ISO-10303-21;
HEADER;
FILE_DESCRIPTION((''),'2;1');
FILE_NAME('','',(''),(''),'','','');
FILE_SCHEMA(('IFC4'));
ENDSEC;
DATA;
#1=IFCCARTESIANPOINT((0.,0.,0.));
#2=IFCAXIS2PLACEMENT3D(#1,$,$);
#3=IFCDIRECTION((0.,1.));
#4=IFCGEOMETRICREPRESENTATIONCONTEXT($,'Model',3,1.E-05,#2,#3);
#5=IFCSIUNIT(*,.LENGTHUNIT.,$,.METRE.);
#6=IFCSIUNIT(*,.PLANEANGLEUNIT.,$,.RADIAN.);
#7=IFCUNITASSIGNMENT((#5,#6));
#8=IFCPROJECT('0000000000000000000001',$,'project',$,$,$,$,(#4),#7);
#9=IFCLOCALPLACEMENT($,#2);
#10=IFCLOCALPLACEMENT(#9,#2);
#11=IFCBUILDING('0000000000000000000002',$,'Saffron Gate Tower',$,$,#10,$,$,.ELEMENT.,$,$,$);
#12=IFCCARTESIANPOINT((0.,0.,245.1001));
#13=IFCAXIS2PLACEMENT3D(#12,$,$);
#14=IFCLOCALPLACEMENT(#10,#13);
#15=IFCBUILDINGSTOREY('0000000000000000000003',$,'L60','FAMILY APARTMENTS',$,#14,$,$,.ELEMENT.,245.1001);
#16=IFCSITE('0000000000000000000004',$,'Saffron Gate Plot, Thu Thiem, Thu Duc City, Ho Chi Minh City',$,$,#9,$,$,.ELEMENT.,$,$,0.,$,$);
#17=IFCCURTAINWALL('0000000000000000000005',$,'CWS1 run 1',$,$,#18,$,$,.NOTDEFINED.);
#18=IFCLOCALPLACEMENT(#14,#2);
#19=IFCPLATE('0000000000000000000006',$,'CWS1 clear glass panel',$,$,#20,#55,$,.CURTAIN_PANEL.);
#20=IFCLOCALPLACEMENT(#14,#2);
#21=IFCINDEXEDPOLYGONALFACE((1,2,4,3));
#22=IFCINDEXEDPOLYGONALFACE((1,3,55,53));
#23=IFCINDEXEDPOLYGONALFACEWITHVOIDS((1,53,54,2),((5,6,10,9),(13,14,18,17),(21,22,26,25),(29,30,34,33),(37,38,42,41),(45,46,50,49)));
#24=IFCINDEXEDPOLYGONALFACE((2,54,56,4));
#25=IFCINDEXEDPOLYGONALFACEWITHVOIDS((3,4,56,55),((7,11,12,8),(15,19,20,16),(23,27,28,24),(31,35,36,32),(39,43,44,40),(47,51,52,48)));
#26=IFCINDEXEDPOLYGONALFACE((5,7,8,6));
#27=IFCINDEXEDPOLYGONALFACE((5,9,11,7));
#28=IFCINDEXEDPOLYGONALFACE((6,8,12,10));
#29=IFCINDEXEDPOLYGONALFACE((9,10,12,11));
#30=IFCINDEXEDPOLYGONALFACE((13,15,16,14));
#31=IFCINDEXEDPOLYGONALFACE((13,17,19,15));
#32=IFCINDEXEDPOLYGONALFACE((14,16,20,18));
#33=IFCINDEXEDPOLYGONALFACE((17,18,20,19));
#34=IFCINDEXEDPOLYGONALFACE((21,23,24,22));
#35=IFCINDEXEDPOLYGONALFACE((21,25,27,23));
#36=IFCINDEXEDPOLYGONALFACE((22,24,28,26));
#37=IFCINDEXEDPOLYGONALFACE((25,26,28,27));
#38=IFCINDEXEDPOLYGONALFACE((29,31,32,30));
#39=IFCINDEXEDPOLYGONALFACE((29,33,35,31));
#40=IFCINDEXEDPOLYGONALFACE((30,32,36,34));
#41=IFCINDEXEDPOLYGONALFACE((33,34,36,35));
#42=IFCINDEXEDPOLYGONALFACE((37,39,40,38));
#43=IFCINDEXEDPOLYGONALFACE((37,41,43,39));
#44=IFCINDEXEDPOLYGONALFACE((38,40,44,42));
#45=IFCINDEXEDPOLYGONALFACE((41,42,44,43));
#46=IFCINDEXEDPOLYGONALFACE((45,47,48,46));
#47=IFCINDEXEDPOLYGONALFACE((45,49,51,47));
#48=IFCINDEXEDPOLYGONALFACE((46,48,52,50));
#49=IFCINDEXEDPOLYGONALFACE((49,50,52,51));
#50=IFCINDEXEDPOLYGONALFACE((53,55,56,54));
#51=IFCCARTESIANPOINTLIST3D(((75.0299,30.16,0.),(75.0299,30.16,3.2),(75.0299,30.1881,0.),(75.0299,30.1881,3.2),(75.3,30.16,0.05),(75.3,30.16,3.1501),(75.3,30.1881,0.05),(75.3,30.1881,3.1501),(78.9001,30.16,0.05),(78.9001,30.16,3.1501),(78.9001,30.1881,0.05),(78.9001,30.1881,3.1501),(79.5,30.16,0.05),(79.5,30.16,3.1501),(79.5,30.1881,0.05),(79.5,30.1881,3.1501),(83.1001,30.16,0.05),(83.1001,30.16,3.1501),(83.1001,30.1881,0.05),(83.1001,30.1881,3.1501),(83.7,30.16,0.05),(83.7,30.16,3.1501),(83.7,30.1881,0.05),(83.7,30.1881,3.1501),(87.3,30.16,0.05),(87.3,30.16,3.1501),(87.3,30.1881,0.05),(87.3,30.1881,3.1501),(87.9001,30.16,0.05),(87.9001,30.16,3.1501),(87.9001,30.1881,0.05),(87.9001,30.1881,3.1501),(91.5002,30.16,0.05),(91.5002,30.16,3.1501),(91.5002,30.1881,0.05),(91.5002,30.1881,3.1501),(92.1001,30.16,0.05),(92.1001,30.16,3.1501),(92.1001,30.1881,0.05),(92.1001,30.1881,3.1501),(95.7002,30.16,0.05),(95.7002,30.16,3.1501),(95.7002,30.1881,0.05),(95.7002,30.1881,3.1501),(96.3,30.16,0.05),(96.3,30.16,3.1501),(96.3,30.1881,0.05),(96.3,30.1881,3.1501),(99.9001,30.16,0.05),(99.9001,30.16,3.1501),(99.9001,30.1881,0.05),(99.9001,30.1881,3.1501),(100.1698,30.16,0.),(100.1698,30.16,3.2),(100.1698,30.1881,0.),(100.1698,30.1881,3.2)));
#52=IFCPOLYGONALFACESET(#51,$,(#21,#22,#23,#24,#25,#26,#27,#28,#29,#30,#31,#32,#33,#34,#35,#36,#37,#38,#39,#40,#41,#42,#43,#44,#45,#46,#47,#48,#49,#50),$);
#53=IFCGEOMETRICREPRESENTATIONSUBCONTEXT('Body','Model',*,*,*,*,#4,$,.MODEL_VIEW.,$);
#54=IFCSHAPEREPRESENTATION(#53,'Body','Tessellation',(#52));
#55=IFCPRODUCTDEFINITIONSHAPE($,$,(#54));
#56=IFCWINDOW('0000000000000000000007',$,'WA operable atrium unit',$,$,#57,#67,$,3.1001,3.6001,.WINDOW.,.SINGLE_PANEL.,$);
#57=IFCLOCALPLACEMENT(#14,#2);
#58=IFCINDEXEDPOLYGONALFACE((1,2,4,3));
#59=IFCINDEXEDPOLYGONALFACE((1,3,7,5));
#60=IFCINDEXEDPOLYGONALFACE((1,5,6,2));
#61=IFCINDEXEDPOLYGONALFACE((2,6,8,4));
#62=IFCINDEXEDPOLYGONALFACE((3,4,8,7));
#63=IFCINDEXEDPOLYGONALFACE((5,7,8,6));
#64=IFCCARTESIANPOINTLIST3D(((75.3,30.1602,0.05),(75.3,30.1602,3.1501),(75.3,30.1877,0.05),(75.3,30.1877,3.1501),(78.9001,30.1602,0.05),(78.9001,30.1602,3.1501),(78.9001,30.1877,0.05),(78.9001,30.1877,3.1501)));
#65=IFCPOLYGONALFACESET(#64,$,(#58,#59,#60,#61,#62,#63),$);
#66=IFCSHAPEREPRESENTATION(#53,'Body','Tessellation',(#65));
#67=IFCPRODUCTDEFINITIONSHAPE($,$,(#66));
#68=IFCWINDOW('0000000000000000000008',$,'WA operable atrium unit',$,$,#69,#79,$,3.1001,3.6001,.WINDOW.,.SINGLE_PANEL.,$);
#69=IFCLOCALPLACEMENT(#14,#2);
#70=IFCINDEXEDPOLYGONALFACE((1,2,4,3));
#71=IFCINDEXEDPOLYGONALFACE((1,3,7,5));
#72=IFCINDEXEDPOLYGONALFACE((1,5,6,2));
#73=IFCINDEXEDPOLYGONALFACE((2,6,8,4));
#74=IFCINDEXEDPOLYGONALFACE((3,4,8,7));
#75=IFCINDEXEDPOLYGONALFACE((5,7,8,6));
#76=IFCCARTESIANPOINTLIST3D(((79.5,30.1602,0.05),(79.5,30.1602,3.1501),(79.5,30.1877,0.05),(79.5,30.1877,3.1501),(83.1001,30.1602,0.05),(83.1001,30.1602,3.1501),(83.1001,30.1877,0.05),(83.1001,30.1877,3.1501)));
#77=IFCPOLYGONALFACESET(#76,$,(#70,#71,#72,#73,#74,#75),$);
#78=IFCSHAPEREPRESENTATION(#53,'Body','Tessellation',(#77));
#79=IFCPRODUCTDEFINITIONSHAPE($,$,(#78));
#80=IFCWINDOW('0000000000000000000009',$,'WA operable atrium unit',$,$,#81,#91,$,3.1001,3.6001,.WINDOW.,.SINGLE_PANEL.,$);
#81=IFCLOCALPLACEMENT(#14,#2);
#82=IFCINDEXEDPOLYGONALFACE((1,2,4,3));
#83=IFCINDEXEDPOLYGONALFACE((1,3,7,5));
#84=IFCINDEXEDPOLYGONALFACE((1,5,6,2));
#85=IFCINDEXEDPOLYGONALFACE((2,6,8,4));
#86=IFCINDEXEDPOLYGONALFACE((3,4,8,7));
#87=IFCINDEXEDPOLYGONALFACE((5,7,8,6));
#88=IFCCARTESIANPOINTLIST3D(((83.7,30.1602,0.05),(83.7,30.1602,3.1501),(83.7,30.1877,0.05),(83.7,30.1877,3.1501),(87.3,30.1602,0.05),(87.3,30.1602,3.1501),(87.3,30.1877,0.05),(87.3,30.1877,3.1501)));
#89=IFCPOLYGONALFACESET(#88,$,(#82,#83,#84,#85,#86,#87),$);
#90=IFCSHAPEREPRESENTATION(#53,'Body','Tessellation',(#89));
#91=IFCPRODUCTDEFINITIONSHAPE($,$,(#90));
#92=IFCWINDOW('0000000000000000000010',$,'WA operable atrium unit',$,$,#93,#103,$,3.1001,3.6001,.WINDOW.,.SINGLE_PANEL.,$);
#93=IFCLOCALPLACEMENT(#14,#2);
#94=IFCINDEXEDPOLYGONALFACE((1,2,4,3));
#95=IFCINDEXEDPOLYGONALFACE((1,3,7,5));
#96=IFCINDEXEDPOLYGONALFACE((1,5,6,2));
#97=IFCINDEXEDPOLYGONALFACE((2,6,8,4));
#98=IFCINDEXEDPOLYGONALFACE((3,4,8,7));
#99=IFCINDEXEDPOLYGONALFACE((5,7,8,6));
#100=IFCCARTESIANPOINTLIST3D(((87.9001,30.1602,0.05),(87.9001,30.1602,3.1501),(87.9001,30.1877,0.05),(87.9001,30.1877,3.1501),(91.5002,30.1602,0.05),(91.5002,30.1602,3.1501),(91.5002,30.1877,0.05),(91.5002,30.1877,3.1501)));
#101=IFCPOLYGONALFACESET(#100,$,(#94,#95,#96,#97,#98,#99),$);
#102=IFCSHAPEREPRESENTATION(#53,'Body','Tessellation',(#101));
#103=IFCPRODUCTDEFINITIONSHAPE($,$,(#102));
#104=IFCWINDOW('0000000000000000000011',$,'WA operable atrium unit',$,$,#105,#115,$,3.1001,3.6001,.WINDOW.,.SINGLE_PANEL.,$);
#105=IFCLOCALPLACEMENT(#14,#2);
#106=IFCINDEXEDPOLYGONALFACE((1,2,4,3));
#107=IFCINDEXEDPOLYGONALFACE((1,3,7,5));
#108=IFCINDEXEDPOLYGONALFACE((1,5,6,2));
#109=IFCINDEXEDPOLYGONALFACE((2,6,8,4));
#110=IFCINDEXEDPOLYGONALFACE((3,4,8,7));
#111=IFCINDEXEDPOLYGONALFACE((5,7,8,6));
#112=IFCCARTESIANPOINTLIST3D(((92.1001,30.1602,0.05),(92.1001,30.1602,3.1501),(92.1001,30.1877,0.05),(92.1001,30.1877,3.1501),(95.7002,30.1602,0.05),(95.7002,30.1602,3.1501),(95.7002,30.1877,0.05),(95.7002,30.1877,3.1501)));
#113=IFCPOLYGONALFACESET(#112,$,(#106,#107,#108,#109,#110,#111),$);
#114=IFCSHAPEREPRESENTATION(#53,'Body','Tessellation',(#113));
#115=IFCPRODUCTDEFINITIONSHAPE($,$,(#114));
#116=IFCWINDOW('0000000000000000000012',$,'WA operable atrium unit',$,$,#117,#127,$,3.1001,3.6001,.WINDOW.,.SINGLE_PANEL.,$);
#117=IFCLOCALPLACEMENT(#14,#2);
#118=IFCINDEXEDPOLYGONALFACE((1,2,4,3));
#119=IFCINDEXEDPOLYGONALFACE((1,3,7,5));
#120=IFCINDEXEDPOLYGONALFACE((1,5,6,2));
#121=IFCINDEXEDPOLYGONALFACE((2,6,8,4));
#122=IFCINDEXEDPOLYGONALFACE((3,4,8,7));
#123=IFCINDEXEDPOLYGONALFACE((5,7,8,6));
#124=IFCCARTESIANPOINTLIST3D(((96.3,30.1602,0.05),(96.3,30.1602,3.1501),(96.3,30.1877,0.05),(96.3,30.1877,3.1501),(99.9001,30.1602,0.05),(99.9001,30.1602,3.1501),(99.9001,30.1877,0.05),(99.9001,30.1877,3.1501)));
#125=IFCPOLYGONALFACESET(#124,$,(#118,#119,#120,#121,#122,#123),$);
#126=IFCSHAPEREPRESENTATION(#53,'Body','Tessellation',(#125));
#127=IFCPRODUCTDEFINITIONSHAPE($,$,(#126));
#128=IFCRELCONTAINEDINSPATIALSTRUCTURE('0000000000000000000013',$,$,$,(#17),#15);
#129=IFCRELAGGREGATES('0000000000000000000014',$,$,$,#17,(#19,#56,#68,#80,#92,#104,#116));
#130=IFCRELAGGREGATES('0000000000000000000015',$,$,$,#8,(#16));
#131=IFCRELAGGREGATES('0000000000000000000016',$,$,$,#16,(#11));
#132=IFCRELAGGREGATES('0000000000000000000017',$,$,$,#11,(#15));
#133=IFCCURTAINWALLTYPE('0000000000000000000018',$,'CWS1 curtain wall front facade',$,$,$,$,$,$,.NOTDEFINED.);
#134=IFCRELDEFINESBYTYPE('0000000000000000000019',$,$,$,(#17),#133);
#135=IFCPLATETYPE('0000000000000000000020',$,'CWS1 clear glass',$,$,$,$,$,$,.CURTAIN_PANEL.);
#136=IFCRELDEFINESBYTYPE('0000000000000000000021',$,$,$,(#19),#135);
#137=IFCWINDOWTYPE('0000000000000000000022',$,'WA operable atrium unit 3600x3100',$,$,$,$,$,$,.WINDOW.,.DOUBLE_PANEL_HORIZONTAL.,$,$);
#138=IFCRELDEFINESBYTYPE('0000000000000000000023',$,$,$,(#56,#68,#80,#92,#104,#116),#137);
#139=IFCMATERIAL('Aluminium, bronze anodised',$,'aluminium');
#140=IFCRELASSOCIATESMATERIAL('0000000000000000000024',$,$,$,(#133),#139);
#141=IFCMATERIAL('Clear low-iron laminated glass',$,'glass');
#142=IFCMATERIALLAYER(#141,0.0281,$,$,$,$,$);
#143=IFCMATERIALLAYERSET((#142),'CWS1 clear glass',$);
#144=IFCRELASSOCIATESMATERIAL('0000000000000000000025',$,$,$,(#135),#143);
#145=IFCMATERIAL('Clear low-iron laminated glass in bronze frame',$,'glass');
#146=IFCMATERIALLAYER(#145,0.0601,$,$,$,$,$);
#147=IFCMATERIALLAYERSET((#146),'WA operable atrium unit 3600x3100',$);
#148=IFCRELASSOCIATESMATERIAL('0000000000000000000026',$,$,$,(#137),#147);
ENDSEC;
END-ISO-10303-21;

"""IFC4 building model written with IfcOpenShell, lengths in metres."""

from ifc_helpers import new_model, si_unit, direction, frame, frame_2d, origin, place, context, subcontext, project, spatial, rectangle, extrude, material, layer, layer_set, type_object, element, fill, aggregate, save


model = new_model("IFC4")

# Units and contexts
model_context = context("Model", 3, precision=1e-05, world=origin(), true_north=direction((0.0, 1.0)))
body_context = subcontext(model_context, "Body", "Model", "MODEL_VIEW")
ifc_project = project(units=[si_unit("LENGTHUNIT", "METRE"), si_unit("PLANEANGLEUNIT", "RADIAN")], contexts=[model_context])

# Site, building, storey
site_placement = place(None, origin())
site = spatial("IfcSite", under=ifc_project, at=site_placement, Name="Saffron Gate Plot, Thu Thiem, Thu Duc City, Ho Chi Minh City", CompositionType="ELEMENT", RefElevation=0.0)
building_placement = place(site_placement, origin())
building = spatial("IfcBuilding", under=site, at=building_placement, Name="Saffron Gate Tower", CompositionType="ELEMENT")
storey_placement = place(building_placement, frame((0.0, 0.0, 245.1001)))
storey = spatial("IfcBuildingStorey", under=building, at=storey_placement, Name="L60", Description="FAMILY APARTMENTS", CompositionType="ELEMENT", Elevation=245.1001)

# Curtain wall, plate, openings, windows
ifc_material_1 = material(Name="Aluminium, bronze anodised", Category="aluminium")
curtain_wall_type = type_object("IfcCurtainWallType", Name="CWS1 curtain wall front facade", PredefinedType="NOTDEFINED", material=ifc_material_1)
curtain_wall_placement = place(storey_placement, origin())
curtain_wall = element("IfcCurtainWall", 1, at=curtain_wall_placement, inside=storey, type_object=curtain_wall_type, Name="CWS1 run 1", PredefinedType="NOTDEFINED")
ifc_material_2 = material(Name="Clear low-iron laminated glass", Category="glass")
ifc_layer_1 = layer(ifc_material_2, 0.0281)
ifc_layer_set_1 = layer_set([ifc_layer_1], Name="CWS1 clear glass")
plate_type = type_object("IfcPlateType", Name="CWS1 clear glass", PredefinedType="CURTAIN_PANEL", material=ifc_layer_set_1)
plate_placement = place(storey_placement, frame((75.03, 30.1741, 0.0), z_axis=(0.0, 0.0, 1.0), x_axis=(1.0, 0.0, 0.0)))
plate = element("IfcPlate", 2, at=plate_placement, type_object=plate_type, Name="CWS1 clear glass panel", PredefinedType="CURTAIN_PANEL", context=body_context, shape_type="SweptSolid", body=[
    extrude(rectangle(XDim=25.1399, YDim=0.0281, at=frame_2d((12.5698, 0.0))), origin(), (0.0, 0.0, 1.0), 3.2),
])
opening_1_placement = place(plate_placement, frame((0.27, 0.0, 0.05)))
opening_1 = element("IfcOpeningElement", 3, at=opening_1_placement, cuts=plate, PredefinedType="OPENING", context=body_context, shape_type="SweptSolid", body=[
    extrude(rectangle(XDim=3.6001, YDim=3.1001, at=frame_2d((1.8, 1.55))), frame((0.0, 0.0239, 0.0), z_axis=(0.0, -1.0, 0.0), x_axis=(1.0, 0.0, 0.0)), (0.0, 0.0, 1.0), 0.0481),
])
opening_2_placement = place(plate_placement, frame((4.47, 0.0, 0.05)))
opening_2 = element("IfcOpeningElement", 4, at=opening_2_placement, cuts=plate, PredefinedType="OPENING", context=body_context, shape_type="SweptSolid", body=[
    extrude(rectangle(XDim=3.6001, YDim=3.1001, at=frame_2d((1.8, 1.55))), frame((0.0, 0.0239, 0.0), z_axis=(0.0, -1.0, 0.0), x_axis=(1.0, 0.0, 0.0)), (0.0, 0.0, 1.0), 0.0481),
])
opening_3_placement = place(plate_placement, frame((8.6699, 0.0, 0.05)))
opening_3 = element("IfcOpeningElement", 5, at=opening_3_placement, cuts=plate, PredefinedType="OPENING", context=body_context, shape_type="SweptSolid", body=[
    extrude(rectangle(XDim=3.6001, YDim=3.1001, at=frame_2d((1.8, 1.55))), frame((0.0, 0.0239, 0.0), z_axis=(0.0, -1.0, 0.0), x_axis=(1.0, 0.0, 0.0)), (0.0, 0.0, 1.0), 0.0481),
])
opening_4_placement = place(plate_placement, frame((12.8701, 0.0, 0.05)))
opening_4 = element("IfcOpeningElement", 6, at=opening_4_placement, cuts=plate, PredefinedType="OPENING", context=body_context, shape_type="SweptSolid", body=[
    extrude(rectangle(XDim=3.6001, YDim=3.1001, at=frame_2d((1.8, 1.55))), frame((0.0, 0.0239, 0.0), z_axis=(0.0, -1.0, 0.0), x_axis=(1.0, 0.0, 0.0)), (0.0, 0.0, 1.0), 0.0481),
])
opening_5_placement = place(plate_placement, frame((17.0701, 0.0, 0.05)))
opening_5 = element("IfcOpeningElement", 7, at=opening_5_placement, cuts=plate, PredefinedType="OPENING", context=body_context, shape_type="SweptSolid", body=[
    extrude(rectangle(XDim=3.6001, YDim=3.1001, at=frame_2d((1.8, 1.55))), frame((0.0, 0.0239, 0.0), z_axis=(0.0, -1.0, 0.0), x_axis=(1.0, 0.0, 0.0)), (0.0, 0.0, 1.0), 0.0481),
])
opening_6_placement = place(plate_placement, frame((21.27, 0.0, 0.05)))
opening_6 = element("IfcOpeningElement", 8, at=opening_6_placement, cuts=plate, PredefinedType="OPENING", context=body_context, shape_type="SweptSolid", body=[
    extrude(rectangle(XDim=3.6001, YDim=3.1001, at=frame_2d((1.8, 1.55))), frame((0.0, 0.0239, 0.0), z_axis=(0.0, -1.0, 0.0), x_axis=(1.0, 0.0, 0.0)), (0.0, 0.0, 1.0), 0.0481),
])
ifc_material_3 = material(Name="Clear low-iron laminated glass in bronze frame", Category="glass")
ifc_layer_2 = layer(ifc_material_3, 0.0601)
ifc_layer_set_2 = layer_set([ifc_layer_2], Name="WA operable atrium unit 3600x3100")
window_type = type_object("IfcWindowType", Name="WA operable atrium unit 3600x3100", PartitioningType="DOUBLE_PANEL_HORIZONTAL", PredefinedType="WINDOW", material=ifc_layer_set_2)
window_1_placement = place(opening_1_placement, origin())
window_1 = element("IfcWindow", 9, at=window_1_placement, type_object=window_type, Name="WA operable atrium unit", OverallHeight=3.1001, OverallWidth=3.6001, PartitioningType="SINGLE_PANEL", PredefinedType="WINDOW", context=body_context, shape_type="SweptSolid", body=[
    extrude(rectangle(XDim=3.6001, YDim=3.1001, at=frame_2d((1.8, 1.55))), frame((0.0, 0.0137, 0.0), z_axis=(0.0, -1.0, 0.0), x_axis=(1.0, 0.0, 0.0)), (0.0, 0.0, 1.0), 0.0276),
])
fill(opening_1, window_1)
window_2_placement = place(opening_2_placement, origin())
window_2 = element("IfcWindow", 10, at=window_2_placement, type_object=window_type, Name="WA operable atrium unit", OverallHeight=3.1001, OverallWidth=3.6001, PartitioningType="SINGLE_PANEL", PredefinedType="WINDOW", context=body_context, shape_type="SweptSolid", body=[
    extrude(rectangle(XDim=3.6001, YDim=3.1001, at=frame_2d((1.8, 1.55))), frame((0.0, 0.0137, 0.0), z_axis=(0.0, -1.0, 0.0), x_axis=(1.0, 0.0, 0.0)), (0.0, 0.0, 1.0), 0.0276),
])
fill(opening_2, window_2)
window_3_placement = place(opening_3_placement, origin())
window_3 = element("IfcWindow", 11, at=window_3_placement, type_object=window_type, Name="WA operable atrium unit", OverallHeight=3.1001, OverallWidth=3.6001, PartitioningType="SINGLE_PANEL", PredefinedType="WINDOW", context=body_context, shape_type="SweptSolid", body=[
    extrude(rectangle(XDim=3.6001, YDim=3.1001, at=frame_2d((1.8, 1.55))), frame((0.0, 0.0137, 0.0), z_axis=(0.0, -1.0, 0.0), x_axis=(1.0, 0.0, 0.0)), (0.0, 0.0, 1.0), 0.0276),
])
fill(opening_3, window_3)
window_4_placement = place(opening_4_placement, origin())
window_4 = element("IfcWindow", 12, at=window_4_placement, type_object=window_type, Name="WA operable atrium unit", OverallHeight=3.1001, OverallWidth=3.6001, PartitioningType="SINGLE_PANEL", PredefinedType="WINDOW", context=body_context, shape_type="SweptSolid", body=[
    extrude(rectangle(XDim=3.6001, YDim=3.1001, at=frame_2d((1.8, 1.55))), frame((0.0, 0.0137, 0.0), z_axis=(0.0, -1.0, 0.0), x_axis=(1.0, 0.0, 0.0)), (0.0, 0.0, 1.0), 0.0276),
])
fill(opening_4, window_4)
window_5_placement = place(opening_5_placement, origin())
window_5 = element("IfcWindow", 13, at=window_5_placement, type_object=window_type, Name="WA operable atrium unit", OverallHeight=3.1001, OverallWidth=3.6001, PartitioningType="SINGLE_PANEL", PredefinedType="WINDOW", context=body_context, shape_type="SweptSolid", body=[
    extrude(rectangle(XDim=3.6001, YDim=3.1001, at=frame_2d((1.8, 1.55))), frame((0.0, 0.0137, 0.0), z_axis=(0.0, -1.0, 0.0), x_axis=(1.0, 0.0, 0.0)), (0.0, 0.0, 1.0), 0.0276),
])
fill(opening_5, window_5)
window_6_placement = place(opening_6_placement, origin())
window_6 = element("IfcWindow", 14, at=window_6_placement, type_object=window_type, Name="WA operable atrium unit", OverallHeight=3.1001, OverallWidth=3.6001, PartitioningType="SINGLE_PANEL", PredefinedType="WINDOW", context=body_context, shape_type="SweptSolid", body=[
    extrude(rectangle(XDim=3.6001, YDim=3.1001, at=frame_2d((1.8, 1.55))), frame((0.0, 0.0137, 0.0), z_axis=(0.0, -1.0, 0.0), x_axis=(1.0, 0.0, 0.0)), (0.0, 0.0, 1.0), 0.0276),
])
fill(opening_6, window_6)
aggregate(curtain_wall, [plate, window_1, window_2, window_3, window_4, window_5, window_6])

save(model, "model.ifc")
